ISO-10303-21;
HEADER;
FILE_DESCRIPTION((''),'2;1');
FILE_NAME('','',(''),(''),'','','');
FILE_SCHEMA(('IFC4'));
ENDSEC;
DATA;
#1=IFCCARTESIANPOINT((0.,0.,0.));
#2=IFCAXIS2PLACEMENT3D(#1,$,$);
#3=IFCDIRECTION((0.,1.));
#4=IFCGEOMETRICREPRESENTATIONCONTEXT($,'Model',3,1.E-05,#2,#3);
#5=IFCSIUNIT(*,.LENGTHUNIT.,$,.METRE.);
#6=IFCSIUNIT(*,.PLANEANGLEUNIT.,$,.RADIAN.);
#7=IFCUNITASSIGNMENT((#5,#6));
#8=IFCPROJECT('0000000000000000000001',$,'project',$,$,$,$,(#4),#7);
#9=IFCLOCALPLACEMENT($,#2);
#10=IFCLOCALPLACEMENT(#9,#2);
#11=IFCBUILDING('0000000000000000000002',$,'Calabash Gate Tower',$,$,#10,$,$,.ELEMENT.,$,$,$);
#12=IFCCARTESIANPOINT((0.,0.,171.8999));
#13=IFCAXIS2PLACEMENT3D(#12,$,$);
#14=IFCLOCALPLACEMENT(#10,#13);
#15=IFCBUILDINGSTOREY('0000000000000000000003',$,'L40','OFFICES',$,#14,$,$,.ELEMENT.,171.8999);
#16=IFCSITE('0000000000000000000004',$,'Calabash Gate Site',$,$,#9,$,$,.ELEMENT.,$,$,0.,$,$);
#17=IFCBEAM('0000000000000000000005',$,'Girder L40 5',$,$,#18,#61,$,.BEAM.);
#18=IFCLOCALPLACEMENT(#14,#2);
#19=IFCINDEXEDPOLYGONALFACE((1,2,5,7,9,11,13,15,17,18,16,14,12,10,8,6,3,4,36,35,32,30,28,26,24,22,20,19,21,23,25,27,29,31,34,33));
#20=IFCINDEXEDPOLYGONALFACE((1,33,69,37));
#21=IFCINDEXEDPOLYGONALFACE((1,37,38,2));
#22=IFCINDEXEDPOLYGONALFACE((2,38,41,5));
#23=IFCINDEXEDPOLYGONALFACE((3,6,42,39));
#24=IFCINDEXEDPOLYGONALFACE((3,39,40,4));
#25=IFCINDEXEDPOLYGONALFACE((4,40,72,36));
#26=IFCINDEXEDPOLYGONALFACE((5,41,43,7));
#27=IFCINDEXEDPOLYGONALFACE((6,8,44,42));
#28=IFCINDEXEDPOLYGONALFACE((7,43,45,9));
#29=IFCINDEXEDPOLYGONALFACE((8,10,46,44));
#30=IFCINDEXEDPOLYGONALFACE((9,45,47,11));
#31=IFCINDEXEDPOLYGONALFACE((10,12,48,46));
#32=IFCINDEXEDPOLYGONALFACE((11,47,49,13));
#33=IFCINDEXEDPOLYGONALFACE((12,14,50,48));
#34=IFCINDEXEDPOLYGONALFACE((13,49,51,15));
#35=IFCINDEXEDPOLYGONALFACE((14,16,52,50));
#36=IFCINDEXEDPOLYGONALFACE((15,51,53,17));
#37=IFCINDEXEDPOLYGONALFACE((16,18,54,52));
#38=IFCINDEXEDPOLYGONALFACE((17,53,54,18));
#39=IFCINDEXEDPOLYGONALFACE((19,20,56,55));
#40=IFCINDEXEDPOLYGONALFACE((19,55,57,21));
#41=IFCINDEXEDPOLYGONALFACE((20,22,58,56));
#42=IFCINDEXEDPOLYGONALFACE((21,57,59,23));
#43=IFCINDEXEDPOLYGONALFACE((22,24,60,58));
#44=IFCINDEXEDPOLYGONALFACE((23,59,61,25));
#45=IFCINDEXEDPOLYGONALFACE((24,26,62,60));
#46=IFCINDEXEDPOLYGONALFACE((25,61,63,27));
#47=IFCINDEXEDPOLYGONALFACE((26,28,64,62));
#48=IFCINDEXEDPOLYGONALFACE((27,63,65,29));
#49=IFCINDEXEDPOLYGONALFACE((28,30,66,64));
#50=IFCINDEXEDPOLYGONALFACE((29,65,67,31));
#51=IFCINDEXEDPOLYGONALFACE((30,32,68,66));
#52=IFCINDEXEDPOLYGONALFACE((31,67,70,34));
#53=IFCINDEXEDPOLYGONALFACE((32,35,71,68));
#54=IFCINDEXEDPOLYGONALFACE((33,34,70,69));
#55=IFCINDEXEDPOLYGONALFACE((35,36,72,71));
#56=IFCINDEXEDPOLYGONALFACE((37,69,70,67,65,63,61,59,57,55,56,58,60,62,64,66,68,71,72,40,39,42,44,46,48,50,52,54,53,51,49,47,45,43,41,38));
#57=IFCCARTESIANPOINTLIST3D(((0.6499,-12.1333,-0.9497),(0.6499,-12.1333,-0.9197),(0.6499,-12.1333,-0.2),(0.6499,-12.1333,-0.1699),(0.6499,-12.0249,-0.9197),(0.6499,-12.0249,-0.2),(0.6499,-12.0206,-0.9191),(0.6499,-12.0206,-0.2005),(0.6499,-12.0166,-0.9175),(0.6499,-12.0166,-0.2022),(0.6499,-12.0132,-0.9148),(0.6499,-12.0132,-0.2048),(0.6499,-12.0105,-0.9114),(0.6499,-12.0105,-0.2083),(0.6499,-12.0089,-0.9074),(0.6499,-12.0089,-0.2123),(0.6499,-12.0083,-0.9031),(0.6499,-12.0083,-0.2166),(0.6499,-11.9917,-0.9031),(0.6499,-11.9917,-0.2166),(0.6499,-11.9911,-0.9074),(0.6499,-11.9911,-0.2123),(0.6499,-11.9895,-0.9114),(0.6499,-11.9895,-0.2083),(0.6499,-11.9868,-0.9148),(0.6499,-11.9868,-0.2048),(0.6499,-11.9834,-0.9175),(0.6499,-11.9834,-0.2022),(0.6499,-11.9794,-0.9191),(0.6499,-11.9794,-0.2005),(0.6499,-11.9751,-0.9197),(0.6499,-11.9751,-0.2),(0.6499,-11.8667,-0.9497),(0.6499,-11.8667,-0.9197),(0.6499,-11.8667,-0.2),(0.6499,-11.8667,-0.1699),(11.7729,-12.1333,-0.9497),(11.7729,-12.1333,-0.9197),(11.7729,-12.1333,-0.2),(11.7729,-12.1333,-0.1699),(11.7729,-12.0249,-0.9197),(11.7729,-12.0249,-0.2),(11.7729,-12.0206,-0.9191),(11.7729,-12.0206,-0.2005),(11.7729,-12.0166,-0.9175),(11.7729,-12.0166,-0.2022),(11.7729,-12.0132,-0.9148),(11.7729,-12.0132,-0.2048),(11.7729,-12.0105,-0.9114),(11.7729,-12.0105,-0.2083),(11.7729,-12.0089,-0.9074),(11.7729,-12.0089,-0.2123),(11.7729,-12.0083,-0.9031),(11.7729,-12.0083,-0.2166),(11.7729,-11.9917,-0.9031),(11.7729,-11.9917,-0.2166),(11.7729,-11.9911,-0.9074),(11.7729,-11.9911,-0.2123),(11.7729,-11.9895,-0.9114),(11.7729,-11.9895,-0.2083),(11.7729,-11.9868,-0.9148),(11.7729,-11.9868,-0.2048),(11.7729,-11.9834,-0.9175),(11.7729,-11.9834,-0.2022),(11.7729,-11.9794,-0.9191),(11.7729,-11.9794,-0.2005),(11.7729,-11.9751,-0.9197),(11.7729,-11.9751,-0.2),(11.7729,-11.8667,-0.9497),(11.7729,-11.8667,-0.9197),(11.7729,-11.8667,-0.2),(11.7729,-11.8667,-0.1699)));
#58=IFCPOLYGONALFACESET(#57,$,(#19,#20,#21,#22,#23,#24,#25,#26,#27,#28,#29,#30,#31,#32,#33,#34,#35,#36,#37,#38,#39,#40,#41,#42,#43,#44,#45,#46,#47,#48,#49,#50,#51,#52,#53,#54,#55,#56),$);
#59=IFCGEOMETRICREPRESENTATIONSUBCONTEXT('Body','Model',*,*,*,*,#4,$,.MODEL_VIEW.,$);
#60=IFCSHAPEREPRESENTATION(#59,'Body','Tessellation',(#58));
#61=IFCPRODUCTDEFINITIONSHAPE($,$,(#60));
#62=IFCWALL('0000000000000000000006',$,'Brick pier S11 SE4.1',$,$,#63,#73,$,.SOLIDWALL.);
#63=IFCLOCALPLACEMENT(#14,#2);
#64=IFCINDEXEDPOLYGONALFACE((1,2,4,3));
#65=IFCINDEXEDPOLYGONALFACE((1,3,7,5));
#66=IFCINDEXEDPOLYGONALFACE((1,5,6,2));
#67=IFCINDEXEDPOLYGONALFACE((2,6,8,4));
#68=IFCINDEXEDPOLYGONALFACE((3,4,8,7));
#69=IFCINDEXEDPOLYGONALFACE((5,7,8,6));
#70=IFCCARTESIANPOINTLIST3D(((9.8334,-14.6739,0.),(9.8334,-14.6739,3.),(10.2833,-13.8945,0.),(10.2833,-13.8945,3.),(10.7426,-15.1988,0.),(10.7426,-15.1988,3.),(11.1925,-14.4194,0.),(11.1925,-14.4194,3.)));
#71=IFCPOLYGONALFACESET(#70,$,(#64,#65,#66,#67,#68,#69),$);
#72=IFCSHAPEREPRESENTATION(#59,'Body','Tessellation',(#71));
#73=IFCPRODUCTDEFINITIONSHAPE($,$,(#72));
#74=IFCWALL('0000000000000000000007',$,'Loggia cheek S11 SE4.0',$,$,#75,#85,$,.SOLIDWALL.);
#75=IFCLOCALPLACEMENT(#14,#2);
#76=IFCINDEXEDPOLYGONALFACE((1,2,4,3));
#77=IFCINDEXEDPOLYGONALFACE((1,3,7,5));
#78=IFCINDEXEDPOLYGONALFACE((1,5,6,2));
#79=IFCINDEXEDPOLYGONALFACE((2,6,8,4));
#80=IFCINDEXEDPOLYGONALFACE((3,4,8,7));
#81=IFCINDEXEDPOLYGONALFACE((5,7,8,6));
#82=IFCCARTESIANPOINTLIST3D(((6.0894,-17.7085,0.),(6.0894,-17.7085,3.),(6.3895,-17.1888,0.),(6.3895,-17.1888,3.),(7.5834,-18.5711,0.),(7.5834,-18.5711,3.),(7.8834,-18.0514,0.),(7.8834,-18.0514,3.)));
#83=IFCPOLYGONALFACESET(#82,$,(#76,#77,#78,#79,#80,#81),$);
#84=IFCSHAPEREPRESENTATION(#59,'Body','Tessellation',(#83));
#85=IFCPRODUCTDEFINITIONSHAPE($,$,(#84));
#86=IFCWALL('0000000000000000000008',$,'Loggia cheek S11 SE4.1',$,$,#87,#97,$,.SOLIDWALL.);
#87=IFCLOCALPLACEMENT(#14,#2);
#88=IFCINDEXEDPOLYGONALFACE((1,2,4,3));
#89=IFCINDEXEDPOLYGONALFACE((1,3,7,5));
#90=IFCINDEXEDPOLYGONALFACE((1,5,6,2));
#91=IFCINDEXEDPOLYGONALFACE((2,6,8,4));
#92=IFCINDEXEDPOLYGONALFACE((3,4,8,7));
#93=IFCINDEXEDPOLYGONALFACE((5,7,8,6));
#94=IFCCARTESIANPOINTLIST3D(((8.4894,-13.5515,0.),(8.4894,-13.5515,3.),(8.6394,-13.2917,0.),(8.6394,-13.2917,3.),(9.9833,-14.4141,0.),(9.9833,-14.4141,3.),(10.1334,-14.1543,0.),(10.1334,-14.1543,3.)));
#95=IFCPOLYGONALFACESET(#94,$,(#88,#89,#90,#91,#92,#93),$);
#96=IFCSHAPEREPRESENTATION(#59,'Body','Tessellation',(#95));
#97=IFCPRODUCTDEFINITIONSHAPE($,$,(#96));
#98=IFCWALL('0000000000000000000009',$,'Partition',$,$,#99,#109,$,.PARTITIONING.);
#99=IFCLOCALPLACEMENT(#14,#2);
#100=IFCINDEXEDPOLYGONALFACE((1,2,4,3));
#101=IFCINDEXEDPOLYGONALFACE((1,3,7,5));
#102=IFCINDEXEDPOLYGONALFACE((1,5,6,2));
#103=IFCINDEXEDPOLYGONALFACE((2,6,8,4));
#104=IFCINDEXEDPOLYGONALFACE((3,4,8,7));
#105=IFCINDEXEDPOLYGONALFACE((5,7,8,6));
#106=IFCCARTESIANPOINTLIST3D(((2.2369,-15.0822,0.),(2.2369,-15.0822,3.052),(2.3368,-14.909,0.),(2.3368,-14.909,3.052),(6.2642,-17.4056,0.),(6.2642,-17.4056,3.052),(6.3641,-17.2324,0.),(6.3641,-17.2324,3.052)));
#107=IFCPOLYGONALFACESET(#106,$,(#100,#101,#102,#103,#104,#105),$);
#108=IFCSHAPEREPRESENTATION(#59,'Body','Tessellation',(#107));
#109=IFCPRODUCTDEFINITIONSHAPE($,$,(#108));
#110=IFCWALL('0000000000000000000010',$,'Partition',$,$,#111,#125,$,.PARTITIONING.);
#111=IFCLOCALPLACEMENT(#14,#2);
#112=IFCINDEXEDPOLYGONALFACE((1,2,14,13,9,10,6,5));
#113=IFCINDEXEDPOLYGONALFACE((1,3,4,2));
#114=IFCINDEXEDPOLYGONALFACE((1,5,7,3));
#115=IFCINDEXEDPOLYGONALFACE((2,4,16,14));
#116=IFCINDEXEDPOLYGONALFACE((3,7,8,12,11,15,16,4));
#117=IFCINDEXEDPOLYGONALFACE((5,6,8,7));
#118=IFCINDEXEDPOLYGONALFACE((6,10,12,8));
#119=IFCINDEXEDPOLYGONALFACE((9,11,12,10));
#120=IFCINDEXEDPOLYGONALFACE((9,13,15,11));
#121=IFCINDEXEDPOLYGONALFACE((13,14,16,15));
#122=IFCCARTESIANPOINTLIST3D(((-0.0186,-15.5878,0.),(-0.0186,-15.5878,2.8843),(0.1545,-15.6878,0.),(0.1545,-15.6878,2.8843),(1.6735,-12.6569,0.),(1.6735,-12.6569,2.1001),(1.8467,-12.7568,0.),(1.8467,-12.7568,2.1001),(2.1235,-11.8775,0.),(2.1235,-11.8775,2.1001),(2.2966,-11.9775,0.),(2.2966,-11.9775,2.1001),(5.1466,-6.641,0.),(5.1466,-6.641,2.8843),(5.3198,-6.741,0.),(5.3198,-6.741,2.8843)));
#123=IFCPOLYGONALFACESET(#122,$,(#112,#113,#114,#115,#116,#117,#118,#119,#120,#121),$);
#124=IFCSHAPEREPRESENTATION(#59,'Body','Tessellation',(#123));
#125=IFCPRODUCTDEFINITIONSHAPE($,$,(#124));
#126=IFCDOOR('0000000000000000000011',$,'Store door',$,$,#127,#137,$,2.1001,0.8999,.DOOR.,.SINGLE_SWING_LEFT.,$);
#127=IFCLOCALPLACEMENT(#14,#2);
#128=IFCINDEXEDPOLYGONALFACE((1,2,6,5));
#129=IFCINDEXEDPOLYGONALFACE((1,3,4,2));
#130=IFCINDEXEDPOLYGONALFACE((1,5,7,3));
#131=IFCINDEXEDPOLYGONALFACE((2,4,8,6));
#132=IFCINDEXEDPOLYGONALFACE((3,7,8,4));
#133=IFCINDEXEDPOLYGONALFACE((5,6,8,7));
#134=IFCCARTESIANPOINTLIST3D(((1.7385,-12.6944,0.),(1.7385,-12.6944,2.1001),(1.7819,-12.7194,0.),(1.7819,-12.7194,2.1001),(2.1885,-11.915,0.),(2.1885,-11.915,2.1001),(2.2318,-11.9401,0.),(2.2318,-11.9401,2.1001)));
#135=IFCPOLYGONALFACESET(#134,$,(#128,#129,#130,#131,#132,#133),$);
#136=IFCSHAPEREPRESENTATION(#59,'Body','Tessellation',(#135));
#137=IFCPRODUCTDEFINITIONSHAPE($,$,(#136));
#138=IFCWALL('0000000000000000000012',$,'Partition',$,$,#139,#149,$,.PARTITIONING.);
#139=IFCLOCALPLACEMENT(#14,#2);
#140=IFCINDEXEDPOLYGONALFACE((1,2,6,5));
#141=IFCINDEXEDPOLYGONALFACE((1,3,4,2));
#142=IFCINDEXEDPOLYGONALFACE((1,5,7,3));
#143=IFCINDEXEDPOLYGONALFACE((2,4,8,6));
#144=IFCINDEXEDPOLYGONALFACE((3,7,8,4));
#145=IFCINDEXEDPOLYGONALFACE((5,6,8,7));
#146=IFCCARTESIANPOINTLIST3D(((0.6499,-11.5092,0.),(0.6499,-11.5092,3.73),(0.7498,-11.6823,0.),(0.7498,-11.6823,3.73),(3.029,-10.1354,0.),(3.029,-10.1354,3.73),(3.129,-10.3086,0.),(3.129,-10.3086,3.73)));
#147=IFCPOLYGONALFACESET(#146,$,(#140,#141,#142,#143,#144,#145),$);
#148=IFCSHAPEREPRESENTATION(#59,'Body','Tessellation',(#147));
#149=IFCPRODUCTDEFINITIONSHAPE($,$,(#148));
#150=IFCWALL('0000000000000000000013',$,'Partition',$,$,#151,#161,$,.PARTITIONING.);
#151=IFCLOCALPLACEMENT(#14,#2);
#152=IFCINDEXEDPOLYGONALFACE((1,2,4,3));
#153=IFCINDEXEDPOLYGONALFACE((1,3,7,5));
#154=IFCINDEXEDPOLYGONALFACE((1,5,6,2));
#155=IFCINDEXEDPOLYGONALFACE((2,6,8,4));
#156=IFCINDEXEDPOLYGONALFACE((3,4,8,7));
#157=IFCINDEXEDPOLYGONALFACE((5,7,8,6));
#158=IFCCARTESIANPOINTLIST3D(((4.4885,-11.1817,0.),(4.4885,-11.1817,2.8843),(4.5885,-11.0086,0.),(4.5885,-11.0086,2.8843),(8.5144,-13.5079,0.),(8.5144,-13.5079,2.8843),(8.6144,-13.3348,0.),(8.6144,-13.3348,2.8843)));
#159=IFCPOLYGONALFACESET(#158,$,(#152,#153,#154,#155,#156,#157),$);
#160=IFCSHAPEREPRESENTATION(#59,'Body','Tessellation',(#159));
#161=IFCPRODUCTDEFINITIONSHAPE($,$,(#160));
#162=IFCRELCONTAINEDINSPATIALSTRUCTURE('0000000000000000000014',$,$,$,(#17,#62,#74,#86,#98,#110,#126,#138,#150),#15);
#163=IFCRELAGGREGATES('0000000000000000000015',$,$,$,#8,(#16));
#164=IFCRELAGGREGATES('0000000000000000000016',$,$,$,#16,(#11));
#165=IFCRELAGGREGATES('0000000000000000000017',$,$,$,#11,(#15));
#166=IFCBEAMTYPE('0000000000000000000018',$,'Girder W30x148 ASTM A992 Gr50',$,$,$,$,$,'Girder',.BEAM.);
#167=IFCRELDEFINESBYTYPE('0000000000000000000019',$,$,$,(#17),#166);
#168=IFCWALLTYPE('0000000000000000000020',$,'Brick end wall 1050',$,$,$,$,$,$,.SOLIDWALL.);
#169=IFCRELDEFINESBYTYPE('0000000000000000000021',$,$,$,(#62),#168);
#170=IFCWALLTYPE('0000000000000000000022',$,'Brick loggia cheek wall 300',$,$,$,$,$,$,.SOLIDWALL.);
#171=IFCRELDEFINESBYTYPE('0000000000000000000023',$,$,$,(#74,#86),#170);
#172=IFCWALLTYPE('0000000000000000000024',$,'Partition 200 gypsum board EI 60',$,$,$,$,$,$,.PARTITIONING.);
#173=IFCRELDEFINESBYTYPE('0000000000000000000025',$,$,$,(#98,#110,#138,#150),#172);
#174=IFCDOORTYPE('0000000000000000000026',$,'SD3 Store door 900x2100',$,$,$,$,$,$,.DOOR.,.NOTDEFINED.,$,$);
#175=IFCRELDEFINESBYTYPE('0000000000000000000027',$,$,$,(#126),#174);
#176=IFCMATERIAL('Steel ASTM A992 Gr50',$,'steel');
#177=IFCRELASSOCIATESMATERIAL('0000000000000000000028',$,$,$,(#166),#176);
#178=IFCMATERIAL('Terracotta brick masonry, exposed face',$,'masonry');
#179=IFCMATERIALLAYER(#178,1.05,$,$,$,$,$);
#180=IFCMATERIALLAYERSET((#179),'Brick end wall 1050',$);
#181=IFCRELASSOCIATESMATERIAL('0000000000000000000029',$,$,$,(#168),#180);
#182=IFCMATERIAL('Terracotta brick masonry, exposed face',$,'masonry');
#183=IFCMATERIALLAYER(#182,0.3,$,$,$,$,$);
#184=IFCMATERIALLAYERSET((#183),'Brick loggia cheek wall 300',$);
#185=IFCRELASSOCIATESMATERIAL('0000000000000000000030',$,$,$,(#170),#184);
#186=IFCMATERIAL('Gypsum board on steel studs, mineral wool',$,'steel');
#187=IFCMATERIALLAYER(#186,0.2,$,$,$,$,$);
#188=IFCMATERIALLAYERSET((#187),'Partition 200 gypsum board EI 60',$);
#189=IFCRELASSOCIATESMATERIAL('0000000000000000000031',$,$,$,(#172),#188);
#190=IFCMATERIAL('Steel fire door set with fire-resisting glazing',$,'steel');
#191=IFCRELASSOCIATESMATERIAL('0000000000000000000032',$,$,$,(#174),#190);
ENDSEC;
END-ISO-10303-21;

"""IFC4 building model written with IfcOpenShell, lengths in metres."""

from ifc_helpers import new_model, si_unit, direction, frame, frame_2d, origin, origin_2d, place, context, subcontext, project, spatial, rectangle, i_section, extrude, material, layer, layer_set, material_profile, profile_set, type_object, element, fill, save


model = new_model("IFC4")

# Units and contexts
model_context = context("Model", 3, precision=1e-05, world=origin(), true_north=direction((0.0, 1.0)))
body_context = subcontext(model_context, "Body", "Model", "MODEL_VIEW")
ifc_project = project(units=[si_unit("LENGTHUNIT", "METRE"), si_unit("PLANEANGLEUNIT", "RADIAN")], contexts=[model_context])

# Site, building, storey
site_placement = place(None, origin())
site = spatial("IfcSite", under=ifc_project, at=site_placement, Name="Calabash Gate Site", CompositionType="ELEMENT", RefElevation=0.0)
building_placement = place(site_placement, origin())
building = spatial("IfcBuilding", under=site, at=building_placement, Name="Calabash Gate Tower", CompositionType="ELEMENT")
storey_placement = place(building_placement, frame((0.0, 0.0, 171.8999)))
storey = spatial("IfcBuildingStorey", under=building, at=storey_placement, Name="L40", Description="OFFICES", CompositionType="ELEMENT", Elevation=171.8999)

# Beam
ifc_material_1 = material(Name="Steel ASTM A992 Gr50", Category="steel")
ifc_material_profile_1 = material_profile(ifc_material_1, i_section(OverallWidth=0.2666, OverallDepth=0.7798, WebThickness=0.0166, FlangeThickness=0.03, FilletRadius=0.0166, at=origin_2d()))
ifc_profile_set_1 = profile_set([ifc_material_profile_1], Name="Steel ASTM A992 Gr50")
beam_type_1 = type_object("IfcBeamType", Name="Girder W30x148 ASTM A992 Gr50", ElementType="Girder", PredefinedType="BEAM", material=ifc_profile_set_1)
beam_1_placement = place(storey_placement, frame((0.6499, -12.0, -0.5598), z_axis=(1.0, 0.0, 0.0), x_axis=(0.0, 1.0, 0.0)))
element("IfcBeam", 1, at=beam_1_placement, inside=storey, type_object=beam_type_1, Name="Girder L40 5", PredefinedType="BEAM", context=body_context, shape_type="SweptSolid", body=[
    extrude(i_section(OverallWidth=0.2666, OverallDepth=0.7798, WebThickness=0.0166, FlangeThickness=0.03, FilletRadius=0.0166, at=origin_2d()), origin(), (0.0, 0.0, 1.0), 11.123),
])

# Walls
ifc_material_2 = material(Name="Terracotta brick masonry, exposed face", Category="masonry")
ifc_layer_1 = layer(ifc_material_2, 1.05)
ifc_layer_set_1 = layer_set([ifc_layer_1], Name="Brick end wall 1050")
wall_type_1 = type_object("IfcWallType", Name="Brick end wall 1050", PredefinedType="SOLIDWALL", material=ifc_layer_set_1)
wall_1_placement = place(storey_placement, frame((10.9675, -14.8091, 0.0), z_axis=(0.0, 0.0, 1.0), x_axis=(-0.866031, 0.499991, 0.0)))
element("IfcWall", 2, at=wall_1_placement, inside=storey, type_object=wall_type_1, Name="Brick pier S11 SE4.1", PredefinedType="SOLIDWALL", context=body_context, shape_type="SweptSolid", body=[
    extrude(rectangle(XDim=1.0498, YDim=0.8999, at=frame_2d((0.5249, 0.0))), origin(), (0.0, 0.0, 1.0), 3.0),
])
ifc_material_3 = material(Name="Terracotta brick masonry, exposed face", Category="masonry")
ifc_layer_2 = layer(ifc_material_3, 0.3)
ifc_layer_set_2 = layer_set([ifc_layer_2], Name="Brick loggia cheek wall 300")
wall_type_2 = type_object("IfcWallType", Name="Brick loggia cheek wall 300", PredefinedType="SOLIDWALL", material=ifc_layer_set_2)
wall_2_placement = place(storey_placement, frame((7.7334, -18.3113, 0.0), z_axis=(0.0, 0.0, 1.0), x_axis=(-0.866014, 0.500021, 0.0)))
element("IfcWall", 3, at=wall_2_placement, inside=storey, type_object=wall_type_2, Name="Loggia cheek S11 SE4.0", PredefinedType="SOLIDWALL", context=body_context, shape_type="SweptSolid", body=[
    extrude(rectangle(XDim=1.7251, YDim=0.6001, at=frame_2d((0.8625, 0.0))), origin(), (0.0, 0.0, 1.0), 3.0),
])
wall_3_placement = place(storey_placement, frame((10.0583, -14.2842, 0.0), z_axis=(0.0, 0.0, 1.0), x_axis=(-0.866014, 0.500021, 0.0)))
element("IfcWall", 4, at=wall_3_placement, inside=storey, type_object=wall_type_2, Name="Loggia cheek S11 SE4.1", PredefinedType="SOLIDWALL", context=body_context, shape_type="SweptSolid", body=[
    extrude(rectangle(XDim=1.7251, YDim=0.3, at=frame_2d((0.8625, 0.0))), origin(), (0.0, 0.0, 1.0), 3.0),
])
ifc_material_4 = material(Name="Gypsum board on steel studs, mineral wool", Category="steel")
ifc_layer_3 = layer(ifc_material_4, 0.2)
ifc_layer_set_3 = layer_set([ifc_layer_3], Name="Partition 200 gypsum board EI 60")
wall_type_3 = type_object("IfcWallType", Name="Partition 200 gypsum board EI 60", PredefinedType="PARTITIONING", material=ifc_layer_set_3)
wall_4_placement = place(storey_placement, frame((2.2869, -14.9956, 0.0), z_axis=(0.0, 0.0, 1.0), x_axis=(0.866184, -0.499725, 0.0)))
element("IfcWall", 5, at=wall_4_placement, inside=storey, type_object=wall_type_3, Name="Partition", PredefinedType="PARTITIONING", context=body_context, shape_type="SweptSolid", body=[
    extrude(rectangle(XDim=4.6494, YDim=0.2, at=frame_2d((2.3247, 0.0))), origin(), (0.0, 0.0, 1.0), 3.052),
])

# Wall, opening, door
wall_5_placement = place(storey_placement, frame((0.0679, -15.6379, 0.0), z_axis=(0.0, 0.0, 1.0), x_axis=(0.49999, 0.866031, 0.0)))
wall_5 = element("IfcWall", 6, at=wall_5_placement, inside=storey, type_object=wall_type_3, Name="Partition", PredefinedType="PARTITIONING", context=body_context, shape_type="SweptSolid", body=[
    extrude(rectangle(XDim=10.3308, YDim=0.2, at=frame_2d((5.1655, 0.0))), origin(), (0.0, 0.0, 1.0), 2.8843),
])
opening_1_placement = place(wall_5_placement, frame((3.3845, 0.0, 0.0)))
opening_1 = element("IfcOpeningElement", 7, at=opening_1_placement, cuts=wall_5, PredefinedType="OPENING", context=body_context, shape_type="SweptSolid", body=[
    extrude(rectangle(XDim=0.8999, YDim=2.1001, at=frame_2d((0.45, 1.05))), frame((0.0, 0.1099, 0.0), z_axis=(0.0, -1.0, 0.0), x_axis=(1.0, 0.0, 0.0)), (0.0, 0.0, 1.0), 0.22),
])
ifc_material_5 = material(Name="Steel fire door set with fire-resisting glazing", Category="steel")
door_type_1 = type_object("IfcDoorType", Name="SD3 Store door 900x2100", OperationType="NOTDEFINED", PredefinedType="DOOR", material=ifc_material_5)
door_1_placement = place(opening_1_placement, origin())
door_1 = element("IfcDoor", 8, at=door_1_placement, inside=storey, type_object=door_type_1, Name="Store door", OperationType="SINGLE_SWING_LEFT", OverallHeight=2.1001, OverallWidth=0.8999, PredefinedType="DOOR", context=body_context, shape_type="SweptSolid", body=[
    extrude(rectangle(XDim=0.8999, YDim=2.1001, at=frame_2d((0.45, 1.05))), frame((0.0, 0.0249, 0.0), z_axis=(0.0, -1.0, 0.0), x_axis=(1.0, 0.0, 0.0)), (0.0, 0.0, 1.0), 0.05),
])
fill(opening_1, door_1)

# Walls
wall_6_placement = place(storey_placement, frame((0.7, -11.5957, 0.0), z_axis=(0.0, 0.0, 1.0), x_axis=(0.865998, 0.500048, 0.0)))
element("IfcWall", 9, at=wall_6_placement, inside=storey, type_object=wall_type_3, Name="Partition", PredefinedType="PARTITIONING", context=body_context, shape_type="SweptSolid", body=[
    extrude(rectangle(XDim=2.7473, YDim=0.2, at=frame_2d((1.3735, 0.0))), origin(), (0.0, 0.0, 1.0), 3.73),
])
wall_7_placement = place(storey_placement, frame((4.5386, -11.0952, 0.0), z_axis=(0.0, 0.0, 1.0), x_axis=(0.865855, -0.500295, 0.0)))
element("IfcWall", 10, at=wall_7_placement, inside=storey, type_object=wall_type_3, Name="Partition", PredefinedType="PARTITIONING", context=body_context, shape_type="SweptSolid", body=[
    extrude(rectangle(XDim=4.6497, YDim=0.2, at=frame_2d((2.3247, 0.0))), origin(), (0.0, 0.0, 1.0), 2.8843),
])

save(model, "model.ifc")
